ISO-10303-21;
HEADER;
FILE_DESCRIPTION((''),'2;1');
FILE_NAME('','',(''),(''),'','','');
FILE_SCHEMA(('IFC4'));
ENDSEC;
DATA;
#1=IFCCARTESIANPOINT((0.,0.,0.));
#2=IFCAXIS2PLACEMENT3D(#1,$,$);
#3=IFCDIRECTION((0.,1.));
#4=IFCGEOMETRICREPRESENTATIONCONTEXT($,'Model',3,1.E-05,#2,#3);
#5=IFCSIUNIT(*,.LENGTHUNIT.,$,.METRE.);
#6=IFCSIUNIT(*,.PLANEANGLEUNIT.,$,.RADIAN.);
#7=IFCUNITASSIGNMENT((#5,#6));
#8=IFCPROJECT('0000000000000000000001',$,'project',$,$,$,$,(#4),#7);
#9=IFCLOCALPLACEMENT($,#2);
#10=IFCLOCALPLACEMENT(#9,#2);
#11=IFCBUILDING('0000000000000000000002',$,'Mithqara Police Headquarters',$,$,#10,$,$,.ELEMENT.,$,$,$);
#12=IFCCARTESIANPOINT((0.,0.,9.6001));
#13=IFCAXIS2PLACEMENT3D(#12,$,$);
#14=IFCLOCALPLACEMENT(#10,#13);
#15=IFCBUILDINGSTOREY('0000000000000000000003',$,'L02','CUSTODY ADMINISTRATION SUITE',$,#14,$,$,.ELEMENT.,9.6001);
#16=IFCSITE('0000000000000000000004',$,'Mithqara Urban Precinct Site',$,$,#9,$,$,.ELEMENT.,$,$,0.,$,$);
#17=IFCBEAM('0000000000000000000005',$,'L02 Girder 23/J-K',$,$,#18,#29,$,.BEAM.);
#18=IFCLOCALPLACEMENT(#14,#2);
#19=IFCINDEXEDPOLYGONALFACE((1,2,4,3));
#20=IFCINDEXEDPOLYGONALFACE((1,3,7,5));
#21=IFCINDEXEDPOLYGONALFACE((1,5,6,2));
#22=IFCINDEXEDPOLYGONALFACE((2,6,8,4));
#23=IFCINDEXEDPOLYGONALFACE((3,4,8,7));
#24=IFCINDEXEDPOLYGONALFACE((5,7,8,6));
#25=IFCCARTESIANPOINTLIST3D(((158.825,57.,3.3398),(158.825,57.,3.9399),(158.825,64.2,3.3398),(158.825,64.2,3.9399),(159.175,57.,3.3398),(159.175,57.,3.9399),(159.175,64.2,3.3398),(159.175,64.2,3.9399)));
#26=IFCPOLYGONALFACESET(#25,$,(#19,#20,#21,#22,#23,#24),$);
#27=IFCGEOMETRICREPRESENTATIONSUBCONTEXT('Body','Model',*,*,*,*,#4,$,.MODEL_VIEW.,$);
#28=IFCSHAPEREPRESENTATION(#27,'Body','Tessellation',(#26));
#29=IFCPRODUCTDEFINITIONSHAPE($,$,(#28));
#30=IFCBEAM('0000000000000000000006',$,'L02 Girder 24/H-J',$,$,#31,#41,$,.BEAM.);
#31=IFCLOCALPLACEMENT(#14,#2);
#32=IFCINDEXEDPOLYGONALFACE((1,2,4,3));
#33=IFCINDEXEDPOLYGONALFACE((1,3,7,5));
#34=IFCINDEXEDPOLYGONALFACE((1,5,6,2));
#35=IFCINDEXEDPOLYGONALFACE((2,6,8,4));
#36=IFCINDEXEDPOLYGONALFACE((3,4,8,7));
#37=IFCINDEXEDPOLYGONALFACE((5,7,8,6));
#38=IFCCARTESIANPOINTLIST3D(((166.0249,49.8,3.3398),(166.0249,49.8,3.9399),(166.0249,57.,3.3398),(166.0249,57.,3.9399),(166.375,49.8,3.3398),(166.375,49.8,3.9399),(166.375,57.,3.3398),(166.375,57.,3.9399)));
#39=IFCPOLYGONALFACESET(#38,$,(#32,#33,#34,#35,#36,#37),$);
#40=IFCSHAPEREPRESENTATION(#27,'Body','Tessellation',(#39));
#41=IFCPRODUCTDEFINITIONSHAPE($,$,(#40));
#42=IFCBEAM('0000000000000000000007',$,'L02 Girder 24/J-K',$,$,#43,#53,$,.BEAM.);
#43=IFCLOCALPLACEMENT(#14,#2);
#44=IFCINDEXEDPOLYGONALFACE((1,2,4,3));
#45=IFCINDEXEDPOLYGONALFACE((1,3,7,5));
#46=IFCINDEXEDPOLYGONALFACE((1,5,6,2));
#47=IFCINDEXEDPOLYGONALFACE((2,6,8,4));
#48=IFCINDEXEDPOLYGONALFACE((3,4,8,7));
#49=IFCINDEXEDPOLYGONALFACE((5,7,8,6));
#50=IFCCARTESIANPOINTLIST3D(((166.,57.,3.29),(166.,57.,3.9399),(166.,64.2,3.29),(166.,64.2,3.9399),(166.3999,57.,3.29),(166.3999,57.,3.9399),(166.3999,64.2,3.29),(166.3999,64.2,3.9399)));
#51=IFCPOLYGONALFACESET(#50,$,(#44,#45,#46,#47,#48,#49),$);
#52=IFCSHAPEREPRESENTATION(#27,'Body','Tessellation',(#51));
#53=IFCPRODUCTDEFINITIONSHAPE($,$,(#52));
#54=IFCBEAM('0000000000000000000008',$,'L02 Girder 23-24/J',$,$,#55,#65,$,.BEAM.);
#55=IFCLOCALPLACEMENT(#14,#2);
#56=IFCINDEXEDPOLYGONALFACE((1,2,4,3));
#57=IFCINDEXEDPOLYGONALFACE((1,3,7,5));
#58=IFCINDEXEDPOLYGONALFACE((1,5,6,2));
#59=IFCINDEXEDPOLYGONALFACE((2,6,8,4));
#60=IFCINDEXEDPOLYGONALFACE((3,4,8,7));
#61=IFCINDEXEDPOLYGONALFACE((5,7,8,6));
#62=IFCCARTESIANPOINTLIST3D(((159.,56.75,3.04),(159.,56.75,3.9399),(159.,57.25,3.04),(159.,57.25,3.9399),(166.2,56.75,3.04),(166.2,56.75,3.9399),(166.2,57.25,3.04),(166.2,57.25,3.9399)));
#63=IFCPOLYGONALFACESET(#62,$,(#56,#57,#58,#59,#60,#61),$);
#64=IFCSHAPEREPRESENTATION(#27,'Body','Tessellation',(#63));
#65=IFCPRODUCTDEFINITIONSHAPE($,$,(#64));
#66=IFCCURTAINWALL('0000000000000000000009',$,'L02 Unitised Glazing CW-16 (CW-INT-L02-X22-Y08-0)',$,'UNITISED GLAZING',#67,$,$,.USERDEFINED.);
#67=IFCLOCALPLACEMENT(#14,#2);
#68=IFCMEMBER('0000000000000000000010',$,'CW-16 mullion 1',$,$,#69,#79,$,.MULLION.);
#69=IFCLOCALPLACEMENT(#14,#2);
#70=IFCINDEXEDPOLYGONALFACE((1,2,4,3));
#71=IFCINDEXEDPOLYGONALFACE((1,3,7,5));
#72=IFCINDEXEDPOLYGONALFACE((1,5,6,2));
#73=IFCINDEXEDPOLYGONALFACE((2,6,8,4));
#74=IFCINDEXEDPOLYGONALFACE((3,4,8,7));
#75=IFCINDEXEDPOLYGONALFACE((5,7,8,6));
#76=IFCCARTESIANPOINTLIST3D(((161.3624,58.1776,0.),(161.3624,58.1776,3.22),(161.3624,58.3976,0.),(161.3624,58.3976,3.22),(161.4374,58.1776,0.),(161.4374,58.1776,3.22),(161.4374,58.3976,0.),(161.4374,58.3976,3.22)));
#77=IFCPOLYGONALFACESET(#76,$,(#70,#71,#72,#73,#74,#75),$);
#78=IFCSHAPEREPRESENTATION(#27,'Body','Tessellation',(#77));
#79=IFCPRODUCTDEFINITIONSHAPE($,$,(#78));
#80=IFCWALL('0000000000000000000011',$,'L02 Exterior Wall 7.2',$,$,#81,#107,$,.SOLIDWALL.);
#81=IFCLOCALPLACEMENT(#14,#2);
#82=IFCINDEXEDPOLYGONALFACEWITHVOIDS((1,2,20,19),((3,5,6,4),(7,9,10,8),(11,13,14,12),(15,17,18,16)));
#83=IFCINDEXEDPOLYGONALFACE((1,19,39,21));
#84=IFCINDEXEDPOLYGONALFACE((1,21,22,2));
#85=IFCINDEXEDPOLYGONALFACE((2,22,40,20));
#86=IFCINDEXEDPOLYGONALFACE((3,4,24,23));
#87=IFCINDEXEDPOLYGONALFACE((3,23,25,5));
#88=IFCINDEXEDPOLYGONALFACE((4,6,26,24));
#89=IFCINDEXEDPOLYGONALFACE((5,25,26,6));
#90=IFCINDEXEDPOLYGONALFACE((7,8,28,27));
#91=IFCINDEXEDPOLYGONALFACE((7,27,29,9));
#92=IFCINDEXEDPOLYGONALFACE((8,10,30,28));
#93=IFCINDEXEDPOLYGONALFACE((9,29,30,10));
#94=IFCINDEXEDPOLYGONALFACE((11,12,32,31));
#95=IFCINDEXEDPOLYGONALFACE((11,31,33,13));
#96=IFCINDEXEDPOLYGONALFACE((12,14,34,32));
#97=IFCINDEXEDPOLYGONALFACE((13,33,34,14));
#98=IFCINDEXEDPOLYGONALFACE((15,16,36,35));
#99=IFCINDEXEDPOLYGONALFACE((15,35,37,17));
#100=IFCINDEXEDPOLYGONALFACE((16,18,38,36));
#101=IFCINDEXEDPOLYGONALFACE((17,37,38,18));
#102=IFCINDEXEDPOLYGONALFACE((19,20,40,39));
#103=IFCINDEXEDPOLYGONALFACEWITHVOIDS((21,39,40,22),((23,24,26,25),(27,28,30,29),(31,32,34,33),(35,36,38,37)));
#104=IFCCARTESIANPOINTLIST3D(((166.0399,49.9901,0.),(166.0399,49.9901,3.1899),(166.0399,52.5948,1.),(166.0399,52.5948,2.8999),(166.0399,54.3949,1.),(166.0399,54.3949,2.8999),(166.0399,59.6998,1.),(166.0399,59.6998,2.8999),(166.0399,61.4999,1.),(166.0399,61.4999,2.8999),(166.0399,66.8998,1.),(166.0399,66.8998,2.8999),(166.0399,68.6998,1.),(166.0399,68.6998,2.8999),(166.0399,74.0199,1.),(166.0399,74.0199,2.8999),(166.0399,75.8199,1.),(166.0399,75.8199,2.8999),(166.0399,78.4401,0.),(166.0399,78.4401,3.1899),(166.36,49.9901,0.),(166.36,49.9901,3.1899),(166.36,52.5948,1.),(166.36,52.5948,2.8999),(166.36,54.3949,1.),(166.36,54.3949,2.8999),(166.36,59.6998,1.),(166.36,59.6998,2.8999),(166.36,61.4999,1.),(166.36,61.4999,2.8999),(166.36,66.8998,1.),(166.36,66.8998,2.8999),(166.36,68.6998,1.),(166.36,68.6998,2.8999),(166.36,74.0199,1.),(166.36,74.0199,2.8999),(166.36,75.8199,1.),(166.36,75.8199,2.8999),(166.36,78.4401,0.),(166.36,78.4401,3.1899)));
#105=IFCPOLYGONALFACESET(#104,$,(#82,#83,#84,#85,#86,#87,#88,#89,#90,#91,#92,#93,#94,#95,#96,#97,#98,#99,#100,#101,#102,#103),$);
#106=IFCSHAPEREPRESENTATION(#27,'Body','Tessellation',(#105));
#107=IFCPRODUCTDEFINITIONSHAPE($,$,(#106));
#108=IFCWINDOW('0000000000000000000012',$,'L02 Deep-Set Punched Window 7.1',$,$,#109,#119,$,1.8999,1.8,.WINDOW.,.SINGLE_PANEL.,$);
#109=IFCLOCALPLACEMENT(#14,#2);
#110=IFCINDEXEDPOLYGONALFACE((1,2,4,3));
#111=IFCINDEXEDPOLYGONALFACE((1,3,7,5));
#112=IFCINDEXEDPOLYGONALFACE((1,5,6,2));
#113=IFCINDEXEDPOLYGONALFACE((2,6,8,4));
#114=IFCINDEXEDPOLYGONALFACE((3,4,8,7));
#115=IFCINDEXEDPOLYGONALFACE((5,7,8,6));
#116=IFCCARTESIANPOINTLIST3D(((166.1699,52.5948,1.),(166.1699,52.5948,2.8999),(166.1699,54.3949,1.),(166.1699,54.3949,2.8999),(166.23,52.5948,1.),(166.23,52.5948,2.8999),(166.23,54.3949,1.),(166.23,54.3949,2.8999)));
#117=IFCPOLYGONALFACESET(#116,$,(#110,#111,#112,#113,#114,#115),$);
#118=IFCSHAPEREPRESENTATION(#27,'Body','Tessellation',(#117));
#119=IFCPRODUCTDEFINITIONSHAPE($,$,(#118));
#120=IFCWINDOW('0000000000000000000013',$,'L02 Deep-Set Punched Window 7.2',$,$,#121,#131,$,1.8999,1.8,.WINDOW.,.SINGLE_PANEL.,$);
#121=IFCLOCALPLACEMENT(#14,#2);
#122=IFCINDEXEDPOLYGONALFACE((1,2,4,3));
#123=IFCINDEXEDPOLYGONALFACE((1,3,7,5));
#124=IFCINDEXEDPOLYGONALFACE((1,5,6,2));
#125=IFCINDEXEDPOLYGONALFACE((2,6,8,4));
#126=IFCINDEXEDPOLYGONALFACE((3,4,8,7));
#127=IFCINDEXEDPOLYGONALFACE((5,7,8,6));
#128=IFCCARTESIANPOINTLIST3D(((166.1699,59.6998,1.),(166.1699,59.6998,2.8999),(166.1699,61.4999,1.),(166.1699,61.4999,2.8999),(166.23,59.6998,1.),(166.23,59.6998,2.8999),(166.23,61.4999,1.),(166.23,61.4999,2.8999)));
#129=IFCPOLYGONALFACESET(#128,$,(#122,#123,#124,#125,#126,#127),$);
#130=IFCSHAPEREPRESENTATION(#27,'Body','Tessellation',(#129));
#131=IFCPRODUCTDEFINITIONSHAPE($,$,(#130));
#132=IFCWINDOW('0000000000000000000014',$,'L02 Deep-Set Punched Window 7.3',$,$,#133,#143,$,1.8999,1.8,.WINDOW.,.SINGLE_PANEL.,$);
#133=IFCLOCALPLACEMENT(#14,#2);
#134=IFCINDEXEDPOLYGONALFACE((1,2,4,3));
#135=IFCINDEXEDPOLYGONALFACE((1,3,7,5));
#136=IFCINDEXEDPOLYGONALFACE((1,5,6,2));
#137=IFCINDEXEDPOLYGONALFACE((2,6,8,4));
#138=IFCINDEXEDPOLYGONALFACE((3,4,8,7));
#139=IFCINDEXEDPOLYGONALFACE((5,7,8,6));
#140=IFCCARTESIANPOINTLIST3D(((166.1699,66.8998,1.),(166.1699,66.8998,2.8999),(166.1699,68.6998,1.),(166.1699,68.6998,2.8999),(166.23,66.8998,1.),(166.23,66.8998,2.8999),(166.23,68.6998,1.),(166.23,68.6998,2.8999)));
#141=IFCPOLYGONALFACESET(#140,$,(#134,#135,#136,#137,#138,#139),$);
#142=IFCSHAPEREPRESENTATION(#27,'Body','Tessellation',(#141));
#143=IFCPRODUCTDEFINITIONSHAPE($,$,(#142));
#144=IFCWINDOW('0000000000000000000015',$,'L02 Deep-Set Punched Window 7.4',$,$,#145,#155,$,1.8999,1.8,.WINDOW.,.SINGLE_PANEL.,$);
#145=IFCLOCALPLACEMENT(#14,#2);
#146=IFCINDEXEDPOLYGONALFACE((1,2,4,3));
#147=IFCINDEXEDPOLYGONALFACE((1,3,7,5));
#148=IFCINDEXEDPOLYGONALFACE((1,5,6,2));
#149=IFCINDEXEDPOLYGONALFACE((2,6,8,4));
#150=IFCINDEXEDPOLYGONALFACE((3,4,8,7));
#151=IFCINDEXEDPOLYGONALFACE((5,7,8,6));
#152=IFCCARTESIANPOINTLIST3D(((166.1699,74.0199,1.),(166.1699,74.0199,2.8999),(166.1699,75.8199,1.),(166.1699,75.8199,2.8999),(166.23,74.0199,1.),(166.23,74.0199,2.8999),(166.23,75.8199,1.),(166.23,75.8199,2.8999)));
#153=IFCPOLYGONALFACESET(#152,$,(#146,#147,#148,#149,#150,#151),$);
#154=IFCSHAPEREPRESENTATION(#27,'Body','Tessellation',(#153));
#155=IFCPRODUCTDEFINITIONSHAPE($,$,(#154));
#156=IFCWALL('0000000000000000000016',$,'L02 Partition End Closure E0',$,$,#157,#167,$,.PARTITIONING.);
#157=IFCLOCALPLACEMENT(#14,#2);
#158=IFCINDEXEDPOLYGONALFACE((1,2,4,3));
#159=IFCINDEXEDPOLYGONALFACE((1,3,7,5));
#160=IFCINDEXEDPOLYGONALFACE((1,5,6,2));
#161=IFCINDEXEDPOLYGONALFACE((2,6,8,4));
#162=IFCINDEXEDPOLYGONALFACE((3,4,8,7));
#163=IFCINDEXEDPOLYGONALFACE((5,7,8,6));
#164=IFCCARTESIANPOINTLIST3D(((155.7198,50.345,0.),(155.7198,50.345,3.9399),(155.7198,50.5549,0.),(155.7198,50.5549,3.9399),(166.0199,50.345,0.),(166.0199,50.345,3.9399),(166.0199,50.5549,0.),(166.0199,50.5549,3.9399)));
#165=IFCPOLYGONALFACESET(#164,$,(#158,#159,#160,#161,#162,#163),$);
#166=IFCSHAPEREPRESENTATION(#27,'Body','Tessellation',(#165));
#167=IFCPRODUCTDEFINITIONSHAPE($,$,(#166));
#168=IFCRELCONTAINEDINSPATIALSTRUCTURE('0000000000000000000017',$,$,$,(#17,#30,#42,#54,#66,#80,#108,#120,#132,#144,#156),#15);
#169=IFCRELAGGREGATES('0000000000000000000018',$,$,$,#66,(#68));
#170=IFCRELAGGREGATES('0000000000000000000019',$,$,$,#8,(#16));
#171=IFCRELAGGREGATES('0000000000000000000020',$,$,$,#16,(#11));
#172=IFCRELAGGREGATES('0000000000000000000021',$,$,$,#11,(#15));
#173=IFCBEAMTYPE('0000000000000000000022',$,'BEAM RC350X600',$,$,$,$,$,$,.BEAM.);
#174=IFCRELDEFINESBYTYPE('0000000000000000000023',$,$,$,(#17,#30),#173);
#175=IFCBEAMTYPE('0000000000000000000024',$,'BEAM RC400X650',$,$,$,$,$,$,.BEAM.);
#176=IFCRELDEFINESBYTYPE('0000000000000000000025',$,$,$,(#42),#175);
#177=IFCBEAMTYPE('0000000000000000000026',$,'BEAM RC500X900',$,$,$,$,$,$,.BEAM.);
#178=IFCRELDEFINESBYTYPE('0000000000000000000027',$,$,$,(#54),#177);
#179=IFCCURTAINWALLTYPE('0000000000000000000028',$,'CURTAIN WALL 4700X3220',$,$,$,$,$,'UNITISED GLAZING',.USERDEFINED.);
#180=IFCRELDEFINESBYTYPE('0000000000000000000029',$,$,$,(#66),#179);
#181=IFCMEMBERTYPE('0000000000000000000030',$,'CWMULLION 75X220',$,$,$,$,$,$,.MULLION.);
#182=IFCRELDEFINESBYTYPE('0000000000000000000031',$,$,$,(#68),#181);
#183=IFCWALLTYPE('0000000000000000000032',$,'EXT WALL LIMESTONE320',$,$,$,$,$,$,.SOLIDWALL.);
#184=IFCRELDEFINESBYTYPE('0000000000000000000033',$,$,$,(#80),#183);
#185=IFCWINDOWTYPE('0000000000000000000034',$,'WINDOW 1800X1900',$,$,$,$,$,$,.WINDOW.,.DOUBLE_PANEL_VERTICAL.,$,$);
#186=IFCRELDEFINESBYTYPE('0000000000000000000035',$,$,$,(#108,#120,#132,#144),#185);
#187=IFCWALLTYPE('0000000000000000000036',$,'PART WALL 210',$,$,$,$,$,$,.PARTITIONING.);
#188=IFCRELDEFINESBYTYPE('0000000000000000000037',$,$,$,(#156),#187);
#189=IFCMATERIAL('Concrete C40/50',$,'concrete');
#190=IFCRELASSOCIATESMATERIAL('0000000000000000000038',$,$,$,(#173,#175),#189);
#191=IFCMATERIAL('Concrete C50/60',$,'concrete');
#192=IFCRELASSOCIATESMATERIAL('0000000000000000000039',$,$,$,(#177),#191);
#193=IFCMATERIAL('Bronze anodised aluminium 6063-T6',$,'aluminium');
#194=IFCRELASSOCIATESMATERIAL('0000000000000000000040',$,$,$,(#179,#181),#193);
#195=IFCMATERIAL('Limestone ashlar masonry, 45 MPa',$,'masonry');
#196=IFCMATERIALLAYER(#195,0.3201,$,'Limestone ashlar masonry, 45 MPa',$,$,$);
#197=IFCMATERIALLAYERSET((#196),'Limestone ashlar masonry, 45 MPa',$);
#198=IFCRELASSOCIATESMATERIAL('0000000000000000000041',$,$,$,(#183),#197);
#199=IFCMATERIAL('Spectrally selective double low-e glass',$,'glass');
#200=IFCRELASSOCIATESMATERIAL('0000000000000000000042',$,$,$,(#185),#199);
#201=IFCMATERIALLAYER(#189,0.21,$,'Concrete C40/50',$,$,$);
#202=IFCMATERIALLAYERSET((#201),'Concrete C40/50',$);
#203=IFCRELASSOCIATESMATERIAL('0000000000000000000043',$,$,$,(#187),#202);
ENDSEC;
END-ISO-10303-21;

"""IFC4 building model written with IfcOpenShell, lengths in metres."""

from ifc_helpers import new_model, si_unit, direction, frame, frame_2d, origin, origin_2d, place, context, subcontext, project, spatial, rectangle, extrude, material, layer, layer_set, material_profile, profile_set, type_object, element, fill, aggregate, save


model = new_model("IFC4")

# Units and contexts
model_context = context("Model", 3, precision=1e-05, world=origin(), true_north=direction((0.0, 1.0)))
body_context = subcontext(model_context, "Body", "Model", "MODEL_VIEW")
ifc_project = project(units=[si_unit("LENGTHUNIT", "METRE"), si_unit("PLANEANGLEUNIT", "RADIAN")], contexts=[model_context])

# Site, building, storey
site_placement = place(None, origin())
site = spatial("IfcSite", under=ifc_project, at=site_placement, Name="Mithqara Urban Precinct Site", CompositionType="ELEMENT", RefElevation=0.0)
building_placement = place(site_placement, origin())
building = spatial("IfcBuilding", under=site, at=building_placement, Name="Mithqara Police Headquarters", CompositionType="ELEMENT")
storey_placement = place(building_placement, frame((0.0, 0.0, 9.6001)))
storey = spatial("IfcBuildingStorey", under=building, at=storey_placement, Name="L02", Description="CUSTODY ADMINISTRATION SUITE", CompositionType="ELEMENT", Elevation=9.6001)

# Shared definitions
ifc_material_1 = material(Name="Concrete C50/60", Category="concrete")

# Beams
ifc_material_2 = material(Name="Concrete C40/50", Category="concrete")
ifc_material_profile_1 = material_profile(ifc_material_2, rectangle(XDim=0.3501, YDim=0.6001, at=origin_2d()), Name="RC 350x600")
ifc_profile_set_1 = profile_set([ifc_material_profile_1], Name="Concrete C40/50")
beam_type_1 = type_object("IfcBeamType", Name="BEAM RC350X600", PredefinedType="BEAM", material=ifc_profile_set_1)
for number, where, z_axis, x_axis, name in (
    (1, (159.0, 57.0, 3.6399), (0.0, 1.0, 0.0), (-1.0, 0.0, 0.0), "L02 Girder 23/J-K"),
    (2, (166.2, 49.8, 3.6399), (0.0, 1.0, 0.0), (-1.0, 0.0, 0.0), "L02 Girder 24/H-J"),
):
    element("IfcBeam", number, at=place(storey_placement, frame(where, z_axis=z_axis, x_axis=x_axis)), inside=storey, type_object=beam_type_1, Name=name, PredefinedType="BEAM", context=body_context, shape_type="SweptSolid", body=[
        extrude(rectangle(XDim=0.3501, YDim=0.6001, at=origin_2d()), origin(), (0.0, 0.0, 1.0), 7.2),
    ])
ifc_material_profile_2 = material_profile(ifc_material_2, rectangle(XDim=0.3999, YDim=0.6499, at=origin_2d()), Name="RC 400x650")
ifc_profile_set_2 = profile_set([ifc_material_profile_2], Name="Concrete C40/50")
beam_type_2 = type_object("IfcBeamType", Name="BEAM RC400X650", PredefinedType="BEAM", material=ifc_profile_set_2)
beam_1_placement = place(storey_placement, frame((166.2, 57.0, 3.615), z_axis=(0.0, 1.0, 0.0), x_axis=(-1.0, 0.0, 0.0)))
element("IfcBeam", 3, at=beam_1_placement, inside=storey, type_object=beam_type_2, Name="L02 Girder 24/J-K", PredefinedType="BEAM", context=body_context, shape_type="SweptSolid", body=[
    extrude(rectangle(XDim=0.3999, YDim=0.6499, at=origin_2d()), origin(), (0.0, 0.0, 1.0), 7.2),
])
ifc_material_profile_3 = material_profile(ifc_material_1, rectangle(XDim=0.5, YDim=0.8999, at=origin_2d()), Name="RC 500x900")
ifc_profile_set_3 = profile_set([ifc_material_profile_3], Name="Concrete C50/60")
beam_type_3 = type_object("IfcBeamType", Name="BEAM RC500X900", PredefinedType="BEAM", material=ifc_profile_set_3)
beam_2_placement = place(storey_placement, frame((159.0, 57.0, 3.49), z_axis=(1.0, 0.0, 0.0), x_axis=(0.0, 1.0, 0.0)))
element("IfcBeam", 4, at=beam_2_placement, inside=storey, type_object=beam_type_3, Name="L02 Girder 23-24/J", PredefinedType="BEAM", context=body_context, shape_type="SweptSolid", body=[
    extrude(rectangle(XDim=0.5, YDim=0.8999, at=origin_2d()), origin(), (0.0, 0.0, 1.0), 7.2),
])

# Curtain wall, member
ifc_material_3 = material(Name="Bronze anodised aluminium 6063-T6", Category="aluminium")
curtain_wall_type = type_object("IfcCurtainWallType", Name="CURTAIN WALL 4700X3220", ElementType="UNITISED GLAZING", PredefinedType="USERDEFINED", material=ifc_material_3)
curtain_wall_placement = place(storey_placement, origin())
curtain_wall = element("IfcCurtainWall", 5, at=curtain_wall_placement, inside=storey, type_object=curtain_wall_type, Name="L02 Unitised Glazing CW-16 (CW-INT-L02-X22-Y08-0)", ObjectType="UNITISED GLAZING", PredefinedType="USERDEFINED")
ifc_material_profile_4 = material_profile(ifc_material_3, rectangle(XDim=0.075, YDim=0.22, at=origin_2d()), Name="CWM 75x220")
ifc_profile_set_4 = profile_set([ifc_material_profile_4], Name="Bronze anodised aluminium 6063-T6")
member_type = type_object("IfcMemberType", Name="CWMULLION 75X220", PredefinedType="MULLION", material=ifc_profile_set_4)
member_placement = place(storey_placement, frame((161.3999, 58.2876, 0.0), z_axis=(0.0, 0.0, 1.0), x_axis=(-1.0, 0.0, 0.0)))
member = element("IfcMember", 6, at=member_placement, type_object=member_type, Name="CW-16 mullion 1", PredefinedType="MULLION", context=body_context, shape_type="SweptSolid", body=[
    extrude(rectangle(XDim=0.075, YDim=0.22, at=origin_2d()), origin(), (0.0, 0.0, 1.0), 3.22),
])
aggregate(curtain_wall, [member])

# Wall, openings, windows
ifc_material_4 = material(Name="Limestone ashlar masonry, 45 MPa", Category="masonry")
ifc_layer_1 = layer(ifc_material_4, 0.3201, Name="Limestone ashlar masonry, 45 MPa")
ifc_layer_set_1 = layer_set([ifc_layer_1], Name="Limestone ashlar masonry, 45 MPa")
wall_type_1 = type_object("IfcWallType", Name="EXT WALL LIMESTONE320", PredefinedType="SOLIDWALL", material=ifc_layer_set_1)
wall_1_placement = place(storey_placement, frame((166.2, 49.99, 0.0), z_axis=(0.0, 0.0, 1.0), x_axis=(0.0, 1.0, 0.0)))
wall_1 = element("IfcWall", 7, at=wall_1_placement, inside=storey, type_object=wall_type_1, Name="L02 Exterior Wall 7.2", PredefinedType="SOLIDWALL", context=body_context, shape_type="SweptSolid", body=[
    extrude(rectangle(XDim=28.45, YDim=0.3201, at=frame_2d((14.2251, 0.0))), origin(), (0.0, 0.0, 1.0), 3.1899),
])
opening_1_placement = place(wall_1_placement, frame((2.605, 0.0, 1.0)))
opening_1 = element("IfcOpeningElement", 8, at=opening_1_placement, cuts=wall_1, PredefinedType="OPENING", context=body_context, shape_type="SweptSolid", body=[
    extrude(rectangle(XDim=1.8, YDim=1.8999, at=frame_2d((0.8999, 0.95))), frame((0.0, 0.1699, 0.0), z_axis=(0.0, -1.0, 0.0), x_axis=(1.0, 0.0, 0.0)), (0.0, 0.0, 1.0), 0.3401),
])
opening_2_placement = place(wall_1_placement, frame((9.71, 0.0, 1.0)))
opening_2 = element("IfcOpeningElement", 9, at=opening_2_placement, cuts=wall_1, PredefinedType="OPENING", context=body_context, shape_type="SweptSolid", body=[
    extrude(rectangle(XDim=1.8, YDim=1.8999, at=frame_2d((0.8999, 0.95))), frame((0.0, 0.1699, 0.0), z_axis=(0.0, -1.0, 0.0), x_axis=(1.0, 0.0, 0.0)), (0.0, 0.0, 1.0), 0.3401),
])
opening_3_placement = place(wall_1_placement, frame((16.9099, 0.0, 1.0)))
opening_3 = element("IfcOpeningElement", 10, at=opening_3_placement, cuts=wall_1, PredefinedType="OPENING", context=body_context, shape_type="SweptSolid", body=[
    extrude(rectangle(XDim=1.8, YDim=1.8999, at=frame_2d((0.8999, 0.95))), frame((0.0, 0.1699, 0.0), z_axis=(0.0, -1.0, 0.0), x_axis=(1.0, 0.0, 0.0)), (0.0, 0.0, 1.0), 0.3401),
])
opening_4_placement = place(wall_1_placement, frame((24.03, 0.0, 1.0)))
opening_4 = element("IfcOpeningElement", 11, at=opening_4_placement, cuts=wall_1, PredefinedType="OPENING", context=body_context, shape_type="SweptSolid", body=[
    extrude(rectangle(XDim=1.8, YDim=1.8999, at=frame_2d((0.8999, 0.95))), frame((0.0, 0.1699, 0.0), z_axis=(0.0, -1.0, 0.0), x_axis=(1.0, 0.0, 0.0)), (0.0, 0.0, 1.0), 0.3401),
])
ifc_material_5 = material(Name="Spectrally selective double low-e glass", Category="glass")
window_type = type_object("IfcWindowType", Name="WINDOW 1800X1900", PartitioningType="DOUBLE_PANEL_VERTICAL", PredefinedType="WINDOW", material=ifc_material_5)
window_1_placement = place(opening_1_placement, origin())
window_1 = element("IfcWindow", 12, at=window_1_placement, inside=storey, type_object=window_type, Name="L02 Deep-Set Punched Window 7.1", OverallHeight=1.8999, OverallWidth=1.8, PartitioningType="SINGLE_PANEL", PredefinedType="WINDOW", context=body_context, shape_type="SweptSolid", body=[
    extrude(rectangle(XDim=1.8, YDim=1.8999, at=frame_2d((0.8999, 0.95))), frame((0.0, 0.03, 0.0), z_axis=(0.0, -1.0, 0.0), x_axis=(1.0, 0.0, 0.0)), (0.0, 0.0, 1.0), 0.0601),
])
fill(opening_1, window_1)
window_2_placement = place(opening_2_placement, origin())
window_2 = element("IfcWindow", 13, at=window_2_placement, inside=storey, type_object=window_type, Name="L02 Deep-Set Punched Window 7.2", OverallHeight=1.8999, OverallWidth=1.8, PartitioningType="SINGLE_PANEL", PredefinedType="WINDOW", context=body_context, shape_type="SweptSolid", body=[
    extrude(rectangle(XDim=1.8, YDim=1.8999, at=frame_2d((0.8999, 0.95))), frame((0.0, 0.03, 0.0), z_axis=(0.0, -1.0, 0.0), x_axis=(1.0, 0.0, 0.0)), (0.0, 0.0, 1.0), 0.0601),
])
fill(opening_2, window_2)
window_3_placement = place(opening_3_placement, origin())
window_3 = element("IfcWindow", 14, at=window_3_placement, inside=storey, type_object=window_type, Name="L02 Deep-Set Punched Window 7.3", OverallHeight=1.8999, OverallWidth=1.8, PartitioningType="SINGLE_PANEL", PredefinedType="WINDOW", context=body_context, shape_type="SweptSolid", body=[
    extrude(rectangle(XDim=1.8, YDim=1.8999, at=frame_2d((0.8999, 0.95))), frame((0.0, 0.03, 0.0), z_axis=(0.0, -1.0, 0.0), x_axis=(1.0, 0.0, 0.0)), (0.0, 0.0, 1.0), 0.0601),
])
fill(opening_3, window_3)
window_4_placement = place(opening_4_placement, origin())
window_4 = element("IfcWindow", 15, at=window_4_placement, inside=storey, type_object=window_type, Name="L02 Deep-Set Punched Window 7.4", OverallHeight=1.8999, OverallWidth=1.8, PartitioningType="SINGLE_PANEL", PredefinedType="WINDOW", context=body_context, shape_type="SweptSolid", body=[
    extrude(rectangle(XDim=1.8, YDim=1.8999, at=frame_2d((0.8999, 0.95))), frame((0.0, 0.03, 0.0), z_axis=(0.0, -1.0, 0.0), x_axis=(1.0, 0.0, 0.0)), (0.0, 0.0, 1.0), 0.0601),
])
fill(opening_4, window_4)

# Wall
ifc_layer_2 = layer(ifc_material_2, 0.21, Name="Concrete C40/50")
ifc_layer_set_2 = layer_set([ifc_layer_2], Name="Concrete C40/50")
wall_type_2 = type_object("IfcWallType", Name="PART WALL 210", PredefinedType="PARTITIONING", material=ifc_layer_set_2)
wall_2_placement = place(storey_placement, frame((155.72, 50.45, 0.0), z_axis=(0.0, 0.0, 1.0), x_axis=(1.0, 0.0, 0.0)))
element("IfcWall", 16, at=wall_2_placement, inside=storey, type_object=wall_type_2, Name="L02 Partition End Closure E0", PredefinedType="PARTITIONING", context=body_context, shape_type="SweptSolid", body=[
    extrude(rectangle(XDim=10.3, YDim=0.21, at=frame_2d((5.1499, 0.0))), origin(), (0.0, 0.0, 1.0), 3.9399),
])

save(model, "model.ifc")
